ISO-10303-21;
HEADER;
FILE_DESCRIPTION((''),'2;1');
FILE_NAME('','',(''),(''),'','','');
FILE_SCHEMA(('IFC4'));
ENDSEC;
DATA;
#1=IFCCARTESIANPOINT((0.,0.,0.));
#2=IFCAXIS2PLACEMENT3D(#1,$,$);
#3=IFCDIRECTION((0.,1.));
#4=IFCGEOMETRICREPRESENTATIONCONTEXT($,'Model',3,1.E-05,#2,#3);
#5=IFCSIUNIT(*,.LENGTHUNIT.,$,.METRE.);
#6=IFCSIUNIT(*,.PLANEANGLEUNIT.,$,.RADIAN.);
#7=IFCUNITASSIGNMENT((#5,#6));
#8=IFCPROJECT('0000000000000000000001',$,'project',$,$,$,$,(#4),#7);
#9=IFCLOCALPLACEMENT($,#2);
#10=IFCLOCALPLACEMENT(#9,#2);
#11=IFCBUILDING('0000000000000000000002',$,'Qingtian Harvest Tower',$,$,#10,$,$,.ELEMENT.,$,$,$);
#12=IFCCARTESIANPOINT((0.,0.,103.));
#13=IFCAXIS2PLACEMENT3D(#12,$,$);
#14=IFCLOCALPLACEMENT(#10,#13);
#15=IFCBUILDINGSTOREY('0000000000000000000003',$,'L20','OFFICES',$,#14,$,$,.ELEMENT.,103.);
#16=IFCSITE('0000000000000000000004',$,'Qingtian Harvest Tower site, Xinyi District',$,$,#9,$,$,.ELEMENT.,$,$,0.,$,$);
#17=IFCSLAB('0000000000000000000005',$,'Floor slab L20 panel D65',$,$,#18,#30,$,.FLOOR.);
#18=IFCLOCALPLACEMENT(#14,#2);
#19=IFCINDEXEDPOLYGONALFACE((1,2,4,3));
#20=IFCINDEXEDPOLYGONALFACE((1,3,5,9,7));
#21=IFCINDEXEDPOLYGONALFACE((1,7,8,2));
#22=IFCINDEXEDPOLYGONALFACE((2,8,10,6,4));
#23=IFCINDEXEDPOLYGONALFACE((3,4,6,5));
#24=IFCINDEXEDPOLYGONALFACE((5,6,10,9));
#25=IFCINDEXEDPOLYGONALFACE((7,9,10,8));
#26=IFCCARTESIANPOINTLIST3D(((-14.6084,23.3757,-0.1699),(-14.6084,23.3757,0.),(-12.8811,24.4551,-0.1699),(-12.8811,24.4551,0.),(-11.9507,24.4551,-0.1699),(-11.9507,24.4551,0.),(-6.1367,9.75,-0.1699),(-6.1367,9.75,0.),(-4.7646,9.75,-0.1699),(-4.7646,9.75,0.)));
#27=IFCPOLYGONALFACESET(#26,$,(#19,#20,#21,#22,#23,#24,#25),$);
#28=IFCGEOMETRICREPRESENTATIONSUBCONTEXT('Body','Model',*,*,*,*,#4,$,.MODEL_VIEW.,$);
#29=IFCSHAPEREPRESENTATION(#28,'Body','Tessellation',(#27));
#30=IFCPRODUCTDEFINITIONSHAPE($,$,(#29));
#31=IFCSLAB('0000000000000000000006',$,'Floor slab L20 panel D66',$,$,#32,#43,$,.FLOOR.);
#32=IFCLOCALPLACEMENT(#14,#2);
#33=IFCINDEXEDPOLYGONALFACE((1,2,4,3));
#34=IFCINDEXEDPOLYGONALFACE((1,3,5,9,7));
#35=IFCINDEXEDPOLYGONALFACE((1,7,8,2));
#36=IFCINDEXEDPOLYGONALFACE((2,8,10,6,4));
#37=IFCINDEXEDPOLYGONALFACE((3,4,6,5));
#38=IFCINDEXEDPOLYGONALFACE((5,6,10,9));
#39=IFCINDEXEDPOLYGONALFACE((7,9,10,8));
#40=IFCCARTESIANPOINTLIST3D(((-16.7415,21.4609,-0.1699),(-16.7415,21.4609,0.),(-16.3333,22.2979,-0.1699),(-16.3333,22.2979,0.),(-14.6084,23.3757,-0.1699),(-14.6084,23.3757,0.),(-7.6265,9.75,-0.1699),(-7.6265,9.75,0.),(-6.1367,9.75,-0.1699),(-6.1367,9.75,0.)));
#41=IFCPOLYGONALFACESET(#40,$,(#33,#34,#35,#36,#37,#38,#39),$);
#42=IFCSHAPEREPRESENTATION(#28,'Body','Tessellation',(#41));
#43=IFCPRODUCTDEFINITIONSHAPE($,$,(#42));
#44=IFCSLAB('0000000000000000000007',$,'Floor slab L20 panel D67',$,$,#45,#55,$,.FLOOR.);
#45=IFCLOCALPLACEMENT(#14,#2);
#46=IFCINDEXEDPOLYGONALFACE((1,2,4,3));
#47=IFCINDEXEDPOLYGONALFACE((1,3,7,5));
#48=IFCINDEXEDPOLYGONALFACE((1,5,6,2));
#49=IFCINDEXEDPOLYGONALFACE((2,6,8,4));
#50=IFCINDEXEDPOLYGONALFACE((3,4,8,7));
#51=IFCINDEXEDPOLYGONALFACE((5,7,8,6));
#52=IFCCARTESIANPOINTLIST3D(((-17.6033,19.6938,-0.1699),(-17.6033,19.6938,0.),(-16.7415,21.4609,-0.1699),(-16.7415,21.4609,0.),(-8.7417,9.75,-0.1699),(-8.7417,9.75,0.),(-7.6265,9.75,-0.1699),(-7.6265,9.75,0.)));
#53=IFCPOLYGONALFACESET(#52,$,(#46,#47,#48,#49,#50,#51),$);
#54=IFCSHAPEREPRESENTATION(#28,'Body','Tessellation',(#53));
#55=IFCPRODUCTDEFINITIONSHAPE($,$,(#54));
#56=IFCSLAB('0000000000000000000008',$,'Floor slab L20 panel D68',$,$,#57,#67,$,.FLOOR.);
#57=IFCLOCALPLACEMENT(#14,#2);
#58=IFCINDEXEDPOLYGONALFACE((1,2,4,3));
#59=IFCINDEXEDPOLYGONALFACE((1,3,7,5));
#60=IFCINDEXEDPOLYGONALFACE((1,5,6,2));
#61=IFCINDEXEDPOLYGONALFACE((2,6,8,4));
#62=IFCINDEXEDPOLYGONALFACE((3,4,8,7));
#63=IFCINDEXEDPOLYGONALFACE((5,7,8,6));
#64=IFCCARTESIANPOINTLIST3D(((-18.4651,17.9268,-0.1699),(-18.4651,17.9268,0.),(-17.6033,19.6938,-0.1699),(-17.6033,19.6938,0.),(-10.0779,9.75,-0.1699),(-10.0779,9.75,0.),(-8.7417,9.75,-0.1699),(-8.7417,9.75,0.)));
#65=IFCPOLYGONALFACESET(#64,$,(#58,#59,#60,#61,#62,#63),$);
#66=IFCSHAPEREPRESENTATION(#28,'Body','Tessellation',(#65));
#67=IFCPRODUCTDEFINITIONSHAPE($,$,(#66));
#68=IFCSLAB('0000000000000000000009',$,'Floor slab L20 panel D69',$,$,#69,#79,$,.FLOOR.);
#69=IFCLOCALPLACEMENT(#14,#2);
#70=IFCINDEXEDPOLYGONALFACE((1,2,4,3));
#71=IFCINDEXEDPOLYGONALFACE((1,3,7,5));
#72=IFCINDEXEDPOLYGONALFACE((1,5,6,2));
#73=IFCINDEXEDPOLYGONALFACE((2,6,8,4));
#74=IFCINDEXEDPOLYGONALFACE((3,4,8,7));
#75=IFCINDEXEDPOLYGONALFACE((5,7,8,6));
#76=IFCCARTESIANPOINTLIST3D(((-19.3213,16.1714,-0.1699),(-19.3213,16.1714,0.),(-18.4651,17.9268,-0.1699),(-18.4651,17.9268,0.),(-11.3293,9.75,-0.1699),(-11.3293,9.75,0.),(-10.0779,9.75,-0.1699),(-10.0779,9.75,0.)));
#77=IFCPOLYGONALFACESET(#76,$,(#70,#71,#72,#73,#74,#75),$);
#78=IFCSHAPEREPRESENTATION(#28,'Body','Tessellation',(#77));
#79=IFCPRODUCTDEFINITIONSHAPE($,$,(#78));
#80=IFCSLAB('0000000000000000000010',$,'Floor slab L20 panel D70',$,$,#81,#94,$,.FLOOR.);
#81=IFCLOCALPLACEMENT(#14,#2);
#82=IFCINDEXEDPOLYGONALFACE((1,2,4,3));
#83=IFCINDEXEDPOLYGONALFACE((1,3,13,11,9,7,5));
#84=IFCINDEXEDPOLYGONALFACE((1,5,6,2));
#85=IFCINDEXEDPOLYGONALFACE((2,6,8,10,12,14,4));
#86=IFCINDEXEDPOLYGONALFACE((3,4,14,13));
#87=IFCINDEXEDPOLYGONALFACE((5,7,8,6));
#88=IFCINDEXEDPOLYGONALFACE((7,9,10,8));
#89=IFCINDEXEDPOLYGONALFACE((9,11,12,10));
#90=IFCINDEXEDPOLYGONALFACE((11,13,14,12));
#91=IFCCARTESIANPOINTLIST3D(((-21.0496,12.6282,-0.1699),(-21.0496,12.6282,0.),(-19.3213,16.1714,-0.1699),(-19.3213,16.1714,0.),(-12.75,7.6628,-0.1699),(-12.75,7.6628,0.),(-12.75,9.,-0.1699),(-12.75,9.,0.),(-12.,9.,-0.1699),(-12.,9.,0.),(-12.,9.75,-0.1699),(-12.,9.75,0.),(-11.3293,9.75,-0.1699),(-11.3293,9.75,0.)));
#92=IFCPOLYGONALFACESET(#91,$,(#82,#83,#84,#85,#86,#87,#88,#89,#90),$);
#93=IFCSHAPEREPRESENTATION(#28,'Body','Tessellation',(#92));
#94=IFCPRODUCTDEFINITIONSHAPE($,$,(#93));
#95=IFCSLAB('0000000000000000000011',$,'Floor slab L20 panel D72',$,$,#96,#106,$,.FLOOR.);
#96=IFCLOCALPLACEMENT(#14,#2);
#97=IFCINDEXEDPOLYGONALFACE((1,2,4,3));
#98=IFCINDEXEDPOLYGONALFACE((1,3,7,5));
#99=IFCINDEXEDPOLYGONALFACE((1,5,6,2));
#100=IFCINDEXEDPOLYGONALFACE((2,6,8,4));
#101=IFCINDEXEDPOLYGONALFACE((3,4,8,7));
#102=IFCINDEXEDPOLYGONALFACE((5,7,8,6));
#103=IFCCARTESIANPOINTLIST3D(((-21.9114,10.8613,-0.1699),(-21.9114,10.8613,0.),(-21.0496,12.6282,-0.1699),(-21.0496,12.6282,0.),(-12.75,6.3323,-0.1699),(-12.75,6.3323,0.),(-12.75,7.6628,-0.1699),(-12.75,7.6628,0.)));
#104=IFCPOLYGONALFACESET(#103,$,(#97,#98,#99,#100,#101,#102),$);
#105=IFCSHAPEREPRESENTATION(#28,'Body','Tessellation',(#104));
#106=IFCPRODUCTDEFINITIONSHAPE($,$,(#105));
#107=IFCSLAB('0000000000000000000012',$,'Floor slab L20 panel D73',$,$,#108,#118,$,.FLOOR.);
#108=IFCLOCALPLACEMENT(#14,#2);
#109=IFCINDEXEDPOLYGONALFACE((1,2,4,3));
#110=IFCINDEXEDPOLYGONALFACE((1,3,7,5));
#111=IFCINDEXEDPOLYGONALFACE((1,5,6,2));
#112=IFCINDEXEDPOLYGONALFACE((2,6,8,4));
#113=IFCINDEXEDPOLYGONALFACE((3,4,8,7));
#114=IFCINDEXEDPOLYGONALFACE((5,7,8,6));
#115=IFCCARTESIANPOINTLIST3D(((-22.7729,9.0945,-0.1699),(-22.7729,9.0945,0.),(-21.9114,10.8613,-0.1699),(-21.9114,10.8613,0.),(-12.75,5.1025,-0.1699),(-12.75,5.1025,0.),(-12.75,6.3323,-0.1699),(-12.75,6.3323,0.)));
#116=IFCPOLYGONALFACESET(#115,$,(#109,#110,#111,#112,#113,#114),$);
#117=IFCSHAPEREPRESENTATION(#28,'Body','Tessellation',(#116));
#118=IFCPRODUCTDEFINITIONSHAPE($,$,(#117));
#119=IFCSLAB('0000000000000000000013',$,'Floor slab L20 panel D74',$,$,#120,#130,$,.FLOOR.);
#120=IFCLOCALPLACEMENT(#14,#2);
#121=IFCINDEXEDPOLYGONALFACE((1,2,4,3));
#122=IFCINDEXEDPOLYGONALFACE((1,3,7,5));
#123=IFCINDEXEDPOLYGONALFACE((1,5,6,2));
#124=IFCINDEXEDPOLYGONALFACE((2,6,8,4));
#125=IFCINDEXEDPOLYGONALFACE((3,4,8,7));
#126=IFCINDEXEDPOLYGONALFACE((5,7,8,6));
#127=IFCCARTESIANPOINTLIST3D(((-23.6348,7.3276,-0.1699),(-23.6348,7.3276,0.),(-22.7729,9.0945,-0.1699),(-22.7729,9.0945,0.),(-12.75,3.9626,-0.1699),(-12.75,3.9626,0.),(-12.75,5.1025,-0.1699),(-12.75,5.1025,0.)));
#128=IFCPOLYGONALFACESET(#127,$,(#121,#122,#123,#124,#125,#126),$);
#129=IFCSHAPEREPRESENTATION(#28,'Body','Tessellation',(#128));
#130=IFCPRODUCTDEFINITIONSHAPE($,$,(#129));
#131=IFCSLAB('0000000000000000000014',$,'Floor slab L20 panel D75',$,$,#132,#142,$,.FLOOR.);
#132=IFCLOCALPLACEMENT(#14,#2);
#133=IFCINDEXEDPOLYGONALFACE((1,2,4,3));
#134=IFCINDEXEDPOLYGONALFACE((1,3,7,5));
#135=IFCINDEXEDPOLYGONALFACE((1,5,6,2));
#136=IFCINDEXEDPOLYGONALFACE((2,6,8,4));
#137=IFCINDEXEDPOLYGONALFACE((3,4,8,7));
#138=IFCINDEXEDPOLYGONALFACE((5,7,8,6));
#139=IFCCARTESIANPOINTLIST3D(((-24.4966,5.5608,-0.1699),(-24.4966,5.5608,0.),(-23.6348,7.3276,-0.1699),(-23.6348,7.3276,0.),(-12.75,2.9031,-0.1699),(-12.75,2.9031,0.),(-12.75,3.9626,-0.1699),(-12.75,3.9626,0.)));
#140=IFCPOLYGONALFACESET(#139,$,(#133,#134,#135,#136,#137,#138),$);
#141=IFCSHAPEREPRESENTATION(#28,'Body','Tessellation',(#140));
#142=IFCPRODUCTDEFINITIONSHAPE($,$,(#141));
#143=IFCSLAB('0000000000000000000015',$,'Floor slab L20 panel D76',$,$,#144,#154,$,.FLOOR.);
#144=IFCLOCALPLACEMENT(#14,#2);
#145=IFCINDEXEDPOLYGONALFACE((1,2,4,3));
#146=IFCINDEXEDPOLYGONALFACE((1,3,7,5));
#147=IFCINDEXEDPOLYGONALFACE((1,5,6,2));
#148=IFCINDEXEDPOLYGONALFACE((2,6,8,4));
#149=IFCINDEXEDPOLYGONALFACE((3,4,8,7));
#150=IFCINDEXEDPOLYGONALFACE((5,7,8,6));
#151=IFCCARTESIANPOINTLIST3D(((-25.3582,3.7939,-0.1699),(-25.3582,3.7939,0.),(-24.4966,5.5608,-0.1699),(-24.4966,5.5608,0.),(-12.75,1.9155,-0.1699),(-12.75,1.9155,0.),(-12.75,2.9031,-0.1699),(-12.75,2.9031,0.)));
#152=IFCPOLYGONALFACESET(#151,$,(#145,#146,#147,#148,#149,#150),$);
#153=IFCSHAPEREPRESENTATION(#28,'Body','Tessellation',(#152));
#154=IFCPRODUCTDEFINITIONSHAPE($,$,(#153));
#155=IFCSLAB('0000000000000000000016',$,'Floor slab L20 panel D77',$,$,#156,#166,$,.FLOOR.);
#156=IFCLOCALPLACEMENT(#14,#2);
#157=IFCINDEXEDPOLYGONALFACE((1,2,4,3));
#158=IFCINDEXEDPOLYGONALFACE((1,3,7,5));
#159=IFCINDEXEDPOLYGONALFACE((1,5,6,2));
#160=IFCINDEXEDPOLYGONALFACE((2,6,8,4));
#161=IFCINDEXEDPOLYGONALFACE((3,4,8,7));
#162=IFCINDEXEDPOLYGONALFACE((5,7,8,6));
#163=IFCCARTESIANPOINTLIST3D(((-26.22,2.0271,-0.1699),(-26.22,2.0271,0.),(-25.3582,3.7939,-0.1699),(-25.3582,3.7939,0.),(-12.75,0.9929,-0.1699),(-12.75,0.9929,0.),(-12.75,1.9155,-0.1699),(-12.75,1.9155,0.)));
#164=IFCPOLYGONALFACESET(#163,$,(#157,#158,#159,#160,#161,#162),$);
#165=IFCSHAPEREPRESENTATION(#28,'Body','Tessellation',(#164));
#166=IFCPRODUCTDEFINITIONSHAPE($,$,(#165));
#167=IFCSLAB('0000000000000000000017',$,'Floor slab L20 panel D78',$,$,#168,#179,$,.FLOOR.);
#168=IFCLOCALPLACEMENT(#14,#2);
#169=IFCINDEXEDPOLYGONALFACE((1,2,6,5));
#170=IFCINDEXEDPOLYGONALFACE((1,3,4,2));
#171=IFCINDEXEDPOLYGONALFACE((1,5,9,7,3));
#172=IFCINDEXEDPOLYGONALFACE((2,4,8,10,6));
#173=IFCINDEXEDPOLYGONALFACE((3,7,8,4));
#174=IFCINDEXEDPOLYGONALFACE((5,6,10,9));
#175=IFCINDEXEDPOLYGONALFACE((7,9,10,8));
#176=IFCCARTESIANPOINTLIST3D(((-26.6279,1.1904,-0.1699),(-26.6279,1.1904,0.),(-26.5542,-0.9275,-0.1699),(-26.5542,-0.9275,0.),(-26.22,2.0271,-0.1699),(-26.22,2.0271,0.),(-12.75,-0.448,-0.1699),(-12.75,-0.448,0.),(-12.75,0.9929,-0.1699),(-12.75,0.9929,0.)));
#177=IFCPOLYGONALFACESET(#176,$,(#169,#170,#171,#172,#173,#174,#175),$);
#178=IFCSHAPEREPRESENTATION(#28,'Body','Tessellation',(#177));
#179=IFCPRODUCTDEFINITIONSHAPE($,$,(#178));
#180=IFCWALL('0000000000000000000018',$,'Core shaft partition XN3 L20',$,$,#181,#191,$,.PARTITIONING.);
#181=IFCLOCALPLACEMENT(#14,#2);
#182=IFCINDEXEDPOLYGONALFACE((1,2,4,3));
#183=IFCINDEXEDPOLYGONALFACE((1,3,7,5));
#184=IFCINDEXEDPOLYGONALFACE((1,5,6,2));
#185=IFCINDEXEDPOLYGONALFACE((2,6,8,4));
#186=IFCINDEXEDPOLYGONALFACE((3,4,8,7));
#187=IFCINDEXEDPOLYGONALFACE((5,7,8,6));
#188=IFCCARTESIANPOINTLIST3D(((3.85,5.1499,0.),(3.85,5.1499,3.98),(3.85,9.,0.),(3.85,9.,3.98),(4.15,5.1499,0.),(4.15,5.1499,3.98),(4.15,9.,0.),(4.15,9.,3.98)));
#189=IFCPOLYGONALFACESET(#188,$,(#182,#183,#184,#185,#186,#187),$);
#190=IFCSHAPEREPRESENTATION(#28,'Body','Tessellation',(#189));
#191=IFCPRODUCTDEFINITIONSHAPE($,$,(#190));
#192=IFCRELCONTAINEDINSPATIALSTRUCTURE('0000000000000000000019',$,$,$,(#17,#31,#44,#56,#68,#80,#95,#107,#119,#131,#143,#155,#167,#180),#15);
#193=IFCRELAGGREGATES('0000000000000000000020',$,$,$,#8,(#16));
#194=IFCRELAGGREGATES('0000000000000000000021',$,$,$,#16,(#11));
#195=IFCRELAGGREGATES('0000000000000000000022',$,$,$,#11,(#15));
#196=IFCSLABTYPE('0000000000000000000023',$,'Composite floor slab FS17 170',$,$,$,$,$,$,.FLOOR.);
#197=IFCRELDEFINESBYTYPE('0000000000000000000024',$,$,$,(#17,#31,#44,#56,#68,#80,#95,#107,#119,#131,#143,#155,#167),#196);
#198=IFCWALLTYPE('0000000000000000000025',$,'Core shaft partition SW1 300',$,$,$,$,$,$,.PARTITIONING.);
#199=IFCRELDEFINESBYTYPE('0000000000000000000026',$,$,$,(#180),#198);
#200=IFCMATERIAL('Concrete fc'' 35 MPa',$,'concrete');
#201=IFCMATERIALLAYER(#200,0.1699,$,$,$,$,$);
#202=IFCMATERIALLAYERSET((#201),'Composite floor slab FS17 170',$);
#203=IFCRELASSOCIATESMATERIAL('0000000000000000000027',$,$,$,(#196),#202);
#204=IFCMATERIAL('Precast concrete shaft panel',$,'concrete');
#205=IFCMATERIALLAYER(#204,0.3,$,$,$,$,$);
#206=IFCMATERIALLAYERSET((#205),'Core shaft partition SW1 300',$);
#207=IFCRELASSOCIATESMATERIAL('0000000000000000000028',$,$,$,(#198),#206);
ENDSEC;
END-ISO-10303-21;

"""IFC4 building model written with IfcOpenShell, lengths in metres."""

from ifc_helpers import new_model, si_unit, direction, frame, frame_2d, origin, place, context, subcontext, project, spatial, polyline, rectangle, outline, extrude, material, layer, layer_set, type_object, element, save


model = new_model("IFC4")

# Units and contexts
model_context = context("Model", 3, precision=1e-05, world=origin(), true_north=direction((0.0, 1.0)))
body_context = subcontext(model_context, "Body", "Model", "MODEL_VIEW")
ifc_project = project(units=[si_unit("LENGTHUNIT", "METRE"), si_unit("PLANEANGLEUNIT", "RADIAN")], contexts=[model_context])

# Site, building, storey
site_placement = place(None, origin())
site = spatial("IfcSite", under=ifc_project, at=site_placement, Name="Qingtian Harvest Tower site, Xinyi District", CompositionType="ELEMENT", RefElevation=0.0)
building_placement = place(site_placement, origin())
building = spatial("IfcBuilding", under=site, at=building_placement, Name="Qingtian Harvest Tower", CompositionType="ELEMENT")
storey_placement = place(building_placement, frame((0.0, 0.0, 103.0)))
storey = spatial("IfcBuildingStorey", under=building, at=storey_placement, Name="L20", Description="OFFICES", CompositionType="ELEMENT", Elevation=103.0)

# Slabs
ifc_material_1 = material(Name="Concrete fc' 35 MPa", Category="concrete")
ifc_layer_1 = layer(ifc_material_1, 0.1699)
ifc_layer_set_1 = layer_set([ifc_layer_1], Name="Composite floor slab FS17 170")
slab_type = type_object("IfcSlabType", Name="Composite floor slab FS17 170", PredefinedType="FLOOR", material=ifc_layer_set_1)
slab_1_placement = place(storey_placement, frame((0.0, 0.0, -0.1699)))
element("IfcSlab", 1, at=slab_1_placement, inside=storey, type_object=slab_type, Name="Floor slab L20 panel D65", PredefinedType="FLOOR", context=body_context, shape_type="SweptSolid", body=[
    extrude(outline(polyline([(-4.7646, 9.75), (-6.1367, 9.75), (-14.6084, 23.3757), (-12.8811, 24.4551), (-11.9507, 24.4551), (-4.7646, 9.75)])), origin(), (0.0, 0.0, 1.0), 0.1699),
])
slab_2_placement = place(storey_placement, frame((0.0, 0.0, -0.1699)))
element("IfcSlab", 2, at=slab_2_placement, inside=storey, type_object=slab_type, Name="Floor slab L20 panel D66", PredefinedType="FLOOR", context=body_context, shape_type="SweptSolid", body=[
    extrude(outline(polyline([(-6.1367, 9.75), (-7.6265, 9.75), (-16.7415, 21.4609), (-16.3333, 22.2979), (-14.6084, 23.3757), (-6.1367, 9.75)])), origin(), (0.0, 0.0, 1.0), 0.1699),
])
slab_3_placement = place(storey_placement, frame((0.0, 0.0, -0.1699)))
element("IfcSlab", 3, at=slab_3_placement, inside=storey, type_object=slab_type, Name="Floor slab L20 panel D67", PredefinedType="FLOOR", context=body_context, shape_type="SweptSolid", body=[
    extrude(outline(polyline([(-8.7417, 9.75), (-17.6033, 19.6938), (-16.7415, 21.4609), (-7.6265, 9.75), (-8.7417, 9.75)])), origin(), (0.0, 0.0, 1.0), 0.1699),
])
slab_4_placement = place(storey_placement, frame((0.0, 0.0, -0.1699)))
element("IfcSlab", 4, at=slab_4_placement, inside=storey, type_object=slab_type, Name="Floor slab L20 panel D68", PredefinedType="FLOOR", context=body_context, shape_type="SweptSolid", body=[
    extrude(outline(polyline([(-10.0779, 9.75), (-18.4651, 17.9268), (-17.6033, 19.6938), (-8.7417, 9.75), (-10.0779, 9.75)])), origin(), (0.0, 0.0, 1.0), 0.1699),
])
slab_5_placement = place(storey_placement, frame((0.0, 0.0, -0.1699)))
element("IfcSlab", 5, at=slab_5_placement, inside=storey, type_object=slab_type, Name="Floor slab L20 panel D69", PredefinedType="FLOOR", context=body_context, shape_type="SweptSolid", body=[
    extrude(outline(polyline([(-11.3293, 9.75), (-19.3213, 16.1714), (-18.4651, 17.9268), (-10.0779, 9.75), (-11.3293, 9.75)])), origin(), (0.0, 0.0, 1.0), 0.1699),
])
slab_6_placement = place(storey_placement, frame((0.0, 0.0, -0.1699)))
element("IfcSlab", 6, at=slab_6_placement, inside=storey, type_object=slab_type, Name="Floor slab L20 panel D70", PredefinedType="FLOOR", context=body_context, shape_type="SweptSolid", body=[
    extrude(outline(polyline([(-12.0, 9.0), (-12.75, 9.0), (-12.75, 7.6628), (-21.0496, 12.6282), (-19.3213, 16.1714), (-11.3293, 9.75), (-12.0, 9.75), (-12.0, 9.0)])), origin(), (0.0, 0.0, 1.0), 0.1699),
])
slab_7_placement = place(storey_placement, frame((0.0, 0.0, -0.1699)))
element("IfcSlab", 7, at=slab_7_placement, inside=storey, type_object=slab_type, Name="Floor slab L20 panel D72", PredefinedType="FLOOR", context=body_context, shape_type="SweptSolid", body=[
    extrude(outline(polyline([(-12.75, 6.3323), (-21.9114, 10.8613), (-21.0496, 12.6282), (-12.75, 7.6628), (-12.75, 6.3323)])), origin(), (0.0, 0.0, 1.0), 0.1699),
])
slab_8_placement = place(storey_placement, frame((0.0, 0.0, -0.1699)))
element("IfcSlab", 8, at=slab_8_placement, inside=storey, type_object=slab_type, Name="Floor slab L20 panel D73", PredefinedType="FLOOR", context=body_context, shape_type="SweptSolid", body=[
    extrude(outline(polyline([(-12.75, 5.1025), (-22.7729, 9.0945), (-21.9114, 10.8613), (-12.75, 6.3323), (-12.75, 5.1025)])), origin(), (0.0, 0.0, 1.0), 0.1699),
])
slab_9_placement = place(storey_placement, frame((0.0, 0.0, -0.1699)))
element("IfcSlab", 9, at=slab_9_placement, inside=storey, type_object=slab_type, Name="Floor slab L20 panel D74", PredefinedType="FLOOR", context=body_context, shape_type="SweptSolid", body=[
    extrude(outline(polyline([(-12.75, 3.9626), (-23.6348, 7.3276), (-22.7729, 9.0945), (-12.75, 5.1025), (-12.75, 3.9626)])), origin(), (0.0, 0.0, 1.0), 0.1699),
])
slab_10_placement = place(storey_placement, frame((0.0, 0.0, -0.1699)))
element("IfcSlab", 10, at=slab_10_placement, inside=storey, type_object=slab_type, Name="Floor slab L20 panel D75", PredefinedType="FLOOR", context=body_context, shape_type="SweptSolid", body=[
    extrude(outline(polyline([(-12.75, 2.9031), (-24.4966, 5.5608), (-23.6348, 7.3276), (-12.75, 3.9626), (-12.75, 2.9031)])), origin(), (0.0, 0.0, 1.0), 0.1699),
])
slab_11_placement = place(storey_placement, frame((0.0, 0.0, -0.1699)))
element("IfcSlab", 11, at=slab_11_placement, inside=storey, type_object=slab_type, Name="Floor slab L20 panel D76", PredefinedType="FLOOR", context=body_context, shape_type="SweptSolid", body=[
    extrude(outline(polyline([(-12.75, 1.9155), (-25.3582, 3.7939), (-24.4966, 5.5608), (-12.75, 2.9031), (-12.75, 1.9155)])), origin(), (0.0, 0.0, 1.0), 0.1699),
])
slab_12_placement = place(storey_placement, frame((0.0, 0.0, -0.1699)))
element("IfcSlab", 12, at=slab_12_placement, inside=storey, type_object=slab_type, Name="Floor slab L20 panel D77", PredefinedType="FLOOR", context=body_context, shape_type="SweptSolid", body=[
    extrude(outline(polyline([(-12.75, 0.9929), (-26.22, 2.0271), (-25.3582, 3.7939), (-12.75, 1.9155), (-12.75, 0.9929)])), origin(), (0.0, 0.0, 1.0), 0.1699),
])
slab_13_placement = place(storey_placement, frame((0.0, 0.0, -0.1699)))
element("IfcSlab", 13, at=slab_13_placement, inside=storey, type_object=slab_type, Name="Floor slab L20 panel D78", PredefinedType="FLOOR", context=body_context, shape_type="SweptSolid", body=[
    extrude(outline(polyline([(-12.75, 0.9929), (-12.75, -0.448), (-26.5542, -0.9275), (-26.6279, 1.1904), (-26.22, 2.0271), (-12.75, 0.9929)])), origin(), (0.0, 0.0, 1.0), 0.1699),
])

# Shared definitions
ifc_material_2 = material(Name="Precast concrete shaft panel", Category="concrete")
ifc_layer_2 = layer(ifc_material_2, 0.3)
ifc_layer_set_2 = layer_set([ifc_layer_2], Name="Core shaft partition SW1 300")
wall_type_1 = type_object("IfcWallType", Name="Core shaft partition SW1 300", PredefinedType="PARTITIONING", material=ifc_layer_set_2)

# Wall
wall_1_placement = place(storey_placement, frame((4.0, 5.1499, 0.0), z_axis=(0.0, 0.0, 1.0), x_axis=(0.0, 1.0, 0.0)))
element("IfcWall", 14, at=wall_1_placement, inside=storey, type_object=wall_type_1, Name="Core shaft partition XN3 L20", PredefinedType="PARTITIONING", context=body_context, shape_type="SweptSolid", body=[
    extrude(rectangle(XDim=3.8501, YDim=0.3, at=frame_2d((1.925, 0.0))), origin(), (0.0, 0.0, 1.0), 3.98),
])

save(model, "model.ifc")
